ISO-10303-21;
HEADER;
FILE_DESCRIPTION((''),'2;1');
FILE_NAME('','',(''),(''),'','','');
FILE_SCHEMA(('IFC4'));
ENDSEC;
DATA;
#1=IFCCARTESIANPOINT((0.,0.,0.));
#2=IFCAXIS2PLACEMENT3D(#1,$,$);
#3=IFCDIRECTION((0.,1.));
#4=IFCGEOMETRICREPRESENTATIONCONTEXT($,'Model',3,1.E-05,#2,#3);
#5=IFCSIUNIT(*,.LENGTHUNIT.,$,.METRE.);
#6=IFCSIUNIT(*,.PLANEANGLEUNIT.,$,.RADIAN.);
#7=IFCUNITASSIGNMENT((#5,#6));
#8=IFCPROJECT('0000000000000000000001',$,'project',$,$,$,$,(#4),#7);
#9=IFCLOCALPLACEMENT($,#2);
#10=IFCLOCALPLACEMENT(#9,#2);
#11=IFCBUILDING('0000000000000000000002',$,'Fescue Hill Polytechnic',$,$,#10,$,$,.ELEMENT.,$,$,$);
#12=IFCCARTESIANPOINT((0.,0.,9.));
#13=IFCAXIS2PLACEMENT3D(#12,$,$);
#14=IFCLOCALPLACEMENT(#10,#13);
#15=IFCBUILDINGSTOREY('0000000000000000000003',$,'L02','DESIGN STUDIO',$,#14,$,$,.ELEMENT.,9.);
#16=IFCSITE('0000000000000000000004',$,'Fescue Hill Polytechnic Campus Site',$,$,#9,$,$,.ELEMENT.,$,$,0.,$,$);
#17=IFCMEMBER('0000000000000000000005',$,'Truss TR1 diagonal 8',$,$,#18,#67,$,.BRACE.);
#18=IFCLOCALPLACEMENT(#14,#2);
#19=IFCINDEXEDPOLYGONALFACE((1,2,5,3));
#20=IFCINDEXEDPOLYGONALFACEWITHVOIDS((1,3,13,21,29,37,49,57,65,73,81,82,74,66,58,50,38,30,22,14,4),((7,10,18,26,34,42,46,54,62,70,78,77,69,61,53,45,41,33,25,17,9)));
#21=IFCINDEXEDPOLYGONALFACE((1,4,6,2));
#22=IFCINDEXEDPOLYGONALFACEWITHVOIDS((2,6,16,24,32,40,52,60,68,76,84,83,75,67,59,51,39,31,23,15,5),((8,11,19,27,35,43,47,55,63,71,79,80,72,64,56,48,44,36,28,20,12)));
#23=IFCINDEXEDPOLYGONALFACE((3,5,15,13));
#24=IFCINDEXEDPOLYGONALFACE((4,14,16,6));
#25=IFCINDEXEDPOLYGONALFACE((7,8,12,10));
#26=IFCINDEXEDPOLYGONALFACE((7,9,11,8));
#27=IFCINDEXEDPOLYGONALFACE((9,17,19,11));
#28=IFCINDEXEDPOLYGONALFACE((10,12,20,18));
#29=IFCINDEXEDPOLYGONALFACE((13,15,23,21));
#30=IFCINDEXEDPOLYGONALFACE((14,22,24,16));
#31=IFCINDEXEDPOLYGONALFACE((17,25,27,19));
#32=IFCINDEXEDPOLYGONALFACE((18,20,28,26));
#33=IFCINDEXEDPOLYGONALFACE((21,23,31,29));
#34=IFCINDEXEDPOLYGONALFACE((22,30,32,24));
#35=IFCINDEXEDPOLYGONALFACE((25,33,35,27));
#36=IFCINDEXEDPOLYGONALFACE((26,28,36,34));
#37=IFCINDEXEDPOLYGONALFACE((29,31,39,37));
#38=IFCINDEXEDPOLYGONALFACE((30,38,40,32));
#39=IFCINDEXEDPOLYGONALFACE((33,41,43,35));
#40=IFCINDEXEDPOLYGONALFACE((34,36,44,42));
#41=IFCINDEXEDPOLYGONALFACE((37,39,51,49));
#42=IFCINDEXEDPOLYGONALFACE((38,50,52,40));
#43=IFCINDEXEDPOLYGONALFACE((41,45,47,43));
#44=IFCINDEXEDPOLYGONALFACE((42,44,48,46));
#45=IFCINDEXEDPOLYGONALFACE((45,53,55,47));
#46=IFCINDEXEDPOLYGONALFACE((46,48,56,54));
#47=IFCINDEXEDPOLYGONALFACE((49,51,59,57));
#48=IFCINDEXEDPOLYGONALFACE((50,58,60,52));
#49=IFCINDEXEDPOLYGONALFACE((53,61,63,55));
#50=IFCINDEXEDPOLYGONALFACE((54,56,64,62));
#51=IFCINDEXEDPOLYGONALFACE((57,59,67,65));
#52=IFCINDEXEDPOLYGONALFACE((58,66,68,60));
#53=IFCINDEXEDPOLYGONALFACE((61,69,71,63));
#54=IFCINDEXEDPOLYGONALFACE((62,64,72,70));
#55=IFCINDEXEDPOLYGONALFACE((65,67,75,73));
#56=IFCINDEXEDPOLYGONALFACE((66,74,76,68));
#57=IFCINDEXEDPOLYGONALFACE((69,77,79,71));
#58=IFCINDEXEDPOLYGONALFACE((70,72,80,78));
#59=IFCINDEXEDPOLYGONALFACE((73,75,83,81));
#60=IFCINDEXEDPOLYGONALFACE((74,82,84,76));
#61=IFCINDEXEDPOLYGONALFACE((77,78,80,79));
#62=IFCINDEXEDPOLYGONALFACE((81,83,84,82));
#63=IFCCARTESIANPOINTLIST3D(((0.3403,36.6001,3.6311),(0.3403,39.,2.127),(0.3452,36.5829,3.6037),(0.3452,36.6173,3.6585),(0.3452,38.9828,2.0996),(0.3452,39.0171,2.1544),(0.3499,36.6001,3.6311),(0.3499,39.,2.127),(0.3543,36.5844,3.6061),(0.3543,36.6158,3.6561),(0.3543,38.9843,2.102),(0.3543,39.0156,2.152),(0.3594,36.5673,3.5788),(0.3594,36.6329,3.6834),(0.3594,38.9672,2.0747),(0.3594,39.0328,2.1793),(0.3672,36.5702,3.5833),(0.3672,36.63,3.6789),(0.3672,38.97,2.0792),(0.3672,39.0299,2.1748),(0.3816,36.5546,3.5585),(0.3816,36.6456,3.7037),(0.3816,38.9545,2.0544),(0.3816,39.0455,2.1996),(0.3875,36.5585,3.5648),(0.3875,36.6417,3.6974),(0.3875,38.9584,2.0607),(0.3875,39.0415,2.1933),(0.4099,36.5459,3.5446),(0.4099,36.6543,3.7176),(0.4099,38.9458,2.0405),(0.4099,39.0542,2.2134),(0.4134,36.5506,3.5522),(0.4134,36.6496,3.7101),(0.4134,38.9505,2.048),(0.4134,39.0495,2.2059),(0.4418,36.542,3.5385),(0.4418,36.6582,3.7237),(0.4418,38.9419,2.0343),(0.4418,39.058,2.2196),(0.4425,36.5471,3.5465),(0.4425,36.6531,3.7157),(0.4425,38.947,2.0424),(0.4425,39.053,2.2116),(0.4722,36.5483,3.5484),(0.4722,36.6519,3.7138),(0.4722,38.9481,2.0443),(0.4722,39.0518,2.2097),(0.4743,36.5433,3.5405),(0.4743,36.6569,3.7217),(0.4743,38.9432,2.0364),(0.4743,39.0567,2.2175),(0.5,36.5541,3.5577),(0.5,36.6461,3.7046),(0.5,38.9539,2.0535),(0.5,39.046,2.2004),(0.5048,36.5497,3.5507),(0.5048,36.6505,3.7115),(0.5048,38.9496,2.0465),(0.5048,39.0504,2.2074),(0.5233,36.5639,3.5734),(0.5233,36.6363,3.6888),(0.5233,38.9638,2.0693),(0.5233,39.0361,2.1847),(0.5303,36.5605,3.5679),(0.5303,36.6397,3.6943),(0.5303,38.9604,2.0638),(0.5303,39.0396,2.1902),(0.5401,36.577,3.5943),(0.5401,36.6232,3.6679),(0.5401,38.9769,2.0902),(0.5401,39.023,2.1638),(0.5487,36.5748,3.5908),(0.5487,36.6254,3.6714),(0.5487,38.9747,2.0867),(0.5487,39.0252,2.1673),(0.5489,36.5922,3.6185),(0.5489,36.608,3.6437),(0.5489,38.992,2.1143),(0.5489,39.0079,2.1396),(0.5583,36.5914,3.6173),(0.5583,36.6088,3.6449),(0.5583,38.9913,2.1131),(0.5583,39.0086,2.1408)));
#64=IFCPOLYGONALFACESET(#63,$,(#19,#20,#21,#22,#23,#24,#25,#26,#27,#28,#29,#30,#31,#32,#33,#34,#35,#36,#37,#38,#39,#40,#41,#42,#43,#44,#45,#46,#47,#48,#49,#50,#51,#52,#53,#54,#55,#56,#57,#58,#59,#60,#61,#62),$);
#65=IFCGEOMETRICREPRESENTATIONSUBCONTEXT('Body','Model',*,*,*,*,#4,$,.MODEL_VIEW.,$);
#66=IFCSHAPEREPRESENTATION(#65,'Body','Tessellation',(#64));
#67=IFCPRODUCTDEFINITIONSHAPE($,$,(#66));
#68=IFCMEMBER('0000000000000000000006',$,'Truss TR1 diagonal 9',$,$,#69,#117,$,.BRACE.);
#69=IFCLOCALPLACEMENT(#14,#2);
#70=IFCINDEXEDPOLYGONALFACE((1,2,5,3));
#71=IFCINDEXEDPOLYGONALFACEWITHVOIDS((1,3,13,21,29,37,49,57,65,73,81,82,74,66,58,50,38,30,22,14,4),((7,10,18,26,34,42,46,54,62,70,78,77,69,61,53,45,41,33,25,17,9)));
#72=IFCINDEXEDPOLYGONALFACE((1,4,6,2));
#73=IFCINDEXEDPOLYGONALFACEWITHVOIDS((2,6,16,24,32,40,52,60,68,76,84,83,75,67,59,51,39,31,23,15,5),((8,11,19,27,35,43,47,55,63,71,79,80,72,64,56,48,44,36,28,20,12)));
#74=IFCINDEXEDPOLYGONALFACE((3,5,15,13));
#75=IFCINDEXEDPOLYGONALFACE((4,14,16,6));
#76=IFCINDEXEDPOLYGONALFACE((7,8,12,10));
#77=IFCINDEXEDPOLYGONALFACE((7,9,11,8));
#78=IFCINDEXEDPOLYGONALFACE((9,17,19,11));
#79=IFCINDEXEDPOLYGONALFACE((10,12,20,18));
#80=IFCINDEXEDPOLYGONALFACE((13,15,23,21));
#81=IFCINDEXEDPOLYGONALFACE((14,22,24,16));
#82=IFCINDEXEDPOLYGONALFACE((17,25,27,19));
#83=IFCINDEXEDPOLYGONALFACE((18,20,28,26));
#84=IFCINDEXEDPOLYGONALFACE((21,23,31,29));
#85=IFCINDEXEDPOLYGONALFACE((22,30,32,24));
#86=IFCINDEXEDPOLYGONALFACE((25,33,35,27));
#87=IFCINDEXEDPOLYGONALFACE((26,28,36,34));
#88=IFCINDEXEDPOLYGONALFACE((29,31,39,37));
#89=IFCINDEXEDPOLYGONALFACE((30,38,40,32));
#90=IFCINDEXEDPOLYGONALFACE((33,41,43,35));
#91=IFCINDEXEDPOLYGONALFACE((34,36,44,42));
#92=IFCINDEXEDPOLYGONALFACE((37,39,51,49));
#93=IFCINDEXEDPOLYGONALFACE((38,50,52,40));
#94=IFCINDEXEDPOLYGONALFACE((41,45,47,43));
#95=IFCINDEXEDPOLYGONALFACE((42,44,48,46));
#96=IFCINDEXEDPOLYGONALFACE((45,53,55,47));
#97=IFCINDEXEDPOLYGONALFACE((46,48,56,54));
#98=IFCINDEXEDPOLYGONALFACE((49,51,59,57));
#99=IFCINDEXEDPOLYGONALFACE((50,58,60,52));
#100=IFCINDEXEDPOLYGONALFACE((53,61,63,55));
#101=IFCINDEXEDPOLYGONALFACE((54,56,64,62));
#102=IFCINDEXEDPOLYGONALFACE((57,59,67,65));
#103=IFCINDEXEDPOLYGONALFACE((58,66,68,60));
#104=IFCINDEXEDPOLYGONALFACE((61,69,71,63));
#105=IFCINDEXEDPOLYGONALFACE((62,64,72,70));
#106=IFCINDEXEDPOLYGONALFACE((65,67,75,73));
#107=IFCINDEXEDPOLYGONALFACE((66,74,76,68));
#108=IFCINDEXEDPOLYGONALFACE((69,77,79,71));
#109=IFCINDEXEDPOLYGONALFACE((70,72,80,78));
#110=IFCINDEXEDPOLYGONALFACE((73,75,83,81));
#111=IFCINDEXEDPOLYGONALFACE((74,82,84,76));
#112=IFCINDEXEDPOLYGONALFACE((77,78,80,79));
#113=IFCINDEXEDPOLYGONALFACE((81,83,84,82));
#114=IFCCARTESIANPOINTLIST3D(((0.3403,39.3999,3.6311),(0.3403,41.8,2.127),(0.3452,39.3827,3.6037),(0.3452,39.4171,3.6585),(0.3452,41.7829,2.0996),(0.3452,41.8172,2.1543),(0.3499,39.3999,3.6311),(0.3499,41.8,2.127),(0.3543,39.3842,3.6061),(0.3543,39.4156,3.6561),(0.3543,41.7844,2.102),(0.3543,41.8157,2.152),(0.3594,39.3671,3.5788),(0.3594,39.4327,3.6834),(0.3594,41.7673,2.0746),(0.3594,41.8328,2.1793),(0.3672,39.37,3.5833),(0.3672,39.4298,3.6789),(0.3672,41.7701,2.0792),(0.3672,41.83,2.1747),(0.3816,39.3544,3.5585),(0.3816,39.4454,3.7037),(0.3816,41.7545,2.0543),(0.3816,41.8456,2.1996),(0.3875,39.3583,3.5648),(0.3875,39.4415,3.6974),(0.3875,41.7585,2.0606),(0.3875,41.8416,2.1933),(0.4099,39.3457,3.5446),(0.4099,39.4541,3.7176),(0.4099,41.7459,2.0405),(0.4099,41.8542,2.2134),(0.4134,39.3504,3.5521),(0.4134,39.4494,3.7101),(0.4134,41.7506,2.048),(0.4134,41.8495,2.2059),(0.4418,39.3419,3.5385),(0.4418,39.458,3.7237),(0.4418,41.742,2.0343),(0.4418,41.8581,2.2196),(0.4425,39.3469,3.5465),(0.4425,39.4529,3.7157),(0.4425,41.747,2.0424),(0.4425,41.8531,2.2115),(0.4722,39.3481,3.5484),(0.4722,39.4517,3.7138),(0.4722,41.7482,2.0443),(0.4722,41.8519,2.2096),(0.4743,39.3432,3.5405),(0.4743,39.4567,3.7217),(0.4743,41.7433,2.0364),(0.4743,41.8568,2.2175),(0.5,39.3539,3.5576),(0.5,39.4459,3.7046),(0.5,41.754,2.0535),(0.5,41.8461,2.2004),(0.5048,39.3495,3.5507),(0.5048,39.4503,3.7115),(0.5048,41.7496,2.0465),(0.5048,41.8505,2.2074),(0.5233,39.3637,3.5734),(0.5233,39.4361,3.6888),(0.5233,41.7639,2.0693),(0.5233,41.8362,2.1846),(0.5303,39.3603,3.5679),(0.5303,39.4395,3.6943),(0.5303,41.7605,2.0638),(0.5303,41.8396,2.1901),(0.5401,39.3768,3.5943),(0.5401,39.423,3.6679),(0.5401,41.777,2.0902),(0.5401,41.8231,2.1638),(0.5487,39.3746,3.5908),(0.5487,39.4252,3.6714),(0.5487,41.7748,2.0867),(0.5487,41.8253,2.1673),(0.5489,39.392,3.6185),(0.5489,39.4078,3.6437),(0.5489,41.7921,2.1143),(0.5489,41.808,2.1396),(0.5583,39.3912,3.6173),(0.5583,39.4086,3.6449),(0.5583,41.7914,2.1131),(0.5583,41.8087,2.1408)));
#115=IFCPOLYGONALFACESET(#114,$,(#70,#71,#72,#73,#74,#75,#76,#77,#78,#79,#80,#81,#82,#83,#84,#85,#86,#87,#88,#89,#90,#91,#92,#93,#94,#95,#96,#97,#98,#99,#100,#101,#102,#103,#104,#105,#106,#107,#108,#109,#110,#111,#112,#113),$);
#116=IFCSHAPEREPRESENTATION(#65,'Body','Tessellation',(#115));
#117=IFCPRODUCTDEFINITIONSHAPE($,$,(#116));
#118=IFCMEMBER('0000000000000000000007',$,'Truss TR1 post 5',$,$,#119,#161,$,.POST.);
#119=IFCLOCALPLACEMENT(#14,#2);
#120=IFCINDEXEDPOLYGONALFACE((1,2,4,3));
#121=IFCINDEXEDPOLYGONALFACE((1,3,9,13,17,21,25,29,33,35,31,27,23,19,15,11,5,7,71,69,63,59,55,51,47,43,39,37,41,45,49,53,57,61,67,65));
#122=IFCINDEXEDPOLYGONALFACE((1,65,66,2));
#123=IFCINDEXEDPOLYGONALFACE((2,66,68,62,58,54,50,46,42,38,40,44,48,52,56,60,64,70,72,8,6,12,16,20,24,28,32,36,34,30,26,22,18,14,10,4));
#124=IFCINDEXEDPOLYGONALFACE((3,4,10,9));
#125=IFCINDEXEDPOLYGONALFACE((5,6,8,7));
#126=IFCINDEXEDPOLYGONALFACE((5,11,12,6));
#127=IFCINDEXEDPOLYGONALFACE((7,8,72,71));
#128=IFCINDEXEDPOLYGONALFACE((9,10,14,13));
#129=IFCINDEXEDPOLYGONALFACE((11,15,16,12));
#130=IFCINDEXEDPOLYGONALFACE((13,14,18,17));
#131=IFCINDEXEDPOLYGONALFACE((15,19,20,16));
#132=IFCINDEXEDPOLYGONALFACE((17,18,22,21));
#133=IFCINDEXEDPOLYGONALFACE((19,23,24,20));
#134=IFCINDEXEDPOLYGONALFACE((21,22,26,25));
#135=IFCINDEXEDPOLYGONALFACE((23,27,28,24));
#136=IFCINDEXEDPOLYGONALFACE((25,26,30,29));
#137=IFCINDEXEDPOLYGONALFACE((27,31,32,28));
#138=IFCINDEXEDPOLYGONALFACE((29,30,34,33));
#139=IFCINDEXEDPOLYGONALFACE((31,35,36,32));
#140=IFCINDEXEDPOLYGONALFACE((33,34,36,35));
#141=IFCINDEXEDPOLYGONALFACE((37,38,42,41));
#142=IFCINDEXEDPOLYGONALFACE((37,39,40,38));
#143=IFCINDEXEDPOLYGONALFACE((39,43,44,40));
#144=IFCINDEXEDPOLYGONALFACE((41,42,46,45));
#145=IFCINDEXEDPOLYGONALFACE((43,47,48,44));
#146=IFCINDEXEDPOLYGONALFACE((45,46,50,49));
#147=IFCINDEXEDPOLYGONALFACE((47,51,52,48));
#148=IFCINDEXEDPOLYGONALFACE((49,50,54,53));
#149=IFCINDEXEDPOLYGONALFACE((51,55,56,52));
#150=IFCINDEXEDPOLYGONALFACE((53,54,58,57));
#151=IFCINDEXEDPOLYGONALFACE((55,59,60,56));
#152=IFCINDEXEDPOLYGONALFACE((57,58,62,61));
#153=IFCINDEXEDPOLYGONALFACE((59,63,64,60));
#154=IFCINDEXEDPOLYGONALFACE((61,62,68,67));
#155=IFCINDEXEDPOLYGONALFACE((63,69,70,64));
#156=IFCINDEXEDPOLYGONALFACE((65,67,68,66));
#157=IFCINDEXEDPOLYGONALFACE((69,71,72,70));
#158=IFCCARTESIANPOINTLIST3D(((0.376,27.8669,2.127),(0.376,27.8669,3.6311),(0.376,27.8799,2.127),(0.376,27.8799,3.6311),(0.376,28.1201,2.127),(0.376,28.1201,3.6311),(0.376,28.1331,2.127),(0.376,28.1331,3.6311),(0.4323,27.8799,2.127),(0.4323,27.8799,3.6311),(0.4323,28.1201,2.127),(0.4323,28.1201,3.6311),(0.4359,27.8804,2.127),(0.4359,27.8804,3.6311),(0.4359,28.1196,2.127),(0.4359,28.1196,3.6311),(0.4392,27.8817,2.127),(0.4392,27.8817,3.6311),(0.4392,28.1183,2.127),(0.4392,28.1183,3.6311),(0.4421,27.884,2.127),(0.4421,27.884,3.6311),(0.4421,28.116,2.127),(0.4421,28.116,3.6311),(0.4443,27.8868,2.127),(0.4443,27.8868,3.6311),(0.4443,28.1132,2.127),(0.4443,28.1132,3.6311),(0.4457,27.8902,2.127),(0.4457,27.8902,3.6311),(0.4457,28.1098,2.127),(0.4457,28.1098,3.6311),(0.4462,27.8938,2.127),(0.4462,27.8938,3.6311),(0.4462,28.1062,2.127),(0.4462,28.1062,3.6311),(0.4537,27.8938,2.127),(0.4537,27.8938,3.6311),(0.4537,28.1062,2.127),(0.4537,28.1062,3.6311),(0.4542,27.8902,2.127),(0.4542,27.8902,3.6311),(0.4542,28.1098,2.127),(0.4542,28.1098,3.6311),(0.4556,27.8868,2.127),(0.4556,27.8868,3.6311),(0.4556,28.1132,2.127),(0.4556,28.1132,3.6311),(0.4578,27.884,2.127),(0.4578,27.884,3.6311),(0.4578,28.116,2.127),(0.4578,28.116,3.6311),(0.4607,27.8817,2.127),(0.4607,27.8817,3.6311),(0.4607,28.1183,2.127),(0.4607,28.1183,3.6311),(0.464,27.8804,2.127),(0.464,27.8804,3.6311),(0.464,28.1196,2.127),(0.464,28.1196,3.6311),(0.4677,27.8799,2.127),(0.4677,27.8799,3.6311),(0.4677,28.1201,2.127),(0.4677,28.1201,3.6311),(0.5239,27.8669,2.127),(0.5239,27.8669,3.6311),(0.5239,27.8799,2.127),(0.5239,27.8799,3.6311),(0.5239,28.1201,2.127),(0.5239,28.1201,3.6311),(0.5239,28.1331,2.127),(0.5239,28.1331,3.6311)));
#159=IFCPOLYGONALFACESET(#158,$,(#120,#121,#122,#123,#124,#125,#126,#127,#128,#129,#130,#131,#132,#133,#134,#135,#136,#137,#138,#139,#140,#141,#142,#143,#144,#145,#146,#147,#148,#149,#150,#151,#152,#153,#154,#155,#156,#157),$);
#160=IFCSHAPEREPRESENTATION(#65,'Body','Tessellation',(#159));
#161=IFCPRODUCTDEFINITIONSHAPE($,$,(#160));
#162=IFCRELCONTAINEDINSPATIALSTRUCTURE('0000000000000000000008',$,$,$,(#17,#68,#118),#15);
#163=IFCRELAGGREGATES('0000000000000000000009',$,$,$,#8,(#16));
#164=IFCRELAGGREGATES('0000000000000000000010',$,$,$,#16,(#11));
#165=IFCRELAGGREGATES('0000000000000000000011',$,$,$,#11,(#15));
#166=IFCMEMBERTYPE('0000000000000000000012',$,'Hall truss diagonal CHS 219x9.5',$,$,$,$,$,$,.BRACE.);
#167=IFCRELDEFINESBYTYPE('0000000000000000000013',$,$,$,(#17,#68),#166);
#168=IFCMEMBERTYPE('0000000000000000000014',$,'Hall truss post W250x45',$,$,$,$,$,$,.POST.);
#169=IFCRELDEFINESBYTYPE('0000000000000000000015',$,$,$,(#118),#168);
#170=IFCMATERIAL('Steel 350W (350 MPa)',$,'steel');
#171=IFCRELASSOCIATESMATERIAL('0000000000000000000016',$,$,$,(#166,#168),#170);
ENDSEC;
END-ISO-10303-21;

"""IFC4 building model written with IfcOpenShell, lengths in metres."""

from ifc_helpers import new_model, si_unit, direction, frame, origin, origin_2d, place, context, subcontext, project, spatial, hollow_circle, i_section, extrude, material, material_profile, profile_set, type_object, element, save


model = new_model("IFC4")

# Units and contexts
model_context = context("Model", 3, precision=1e-05, world=origin(), true_north=direction((0.0, 1.0)))
body_context = subcontext(model_context, "Body", "Model", "MODEL_VIEW")
ifc_project = project(units=[si_unit("LENGTHUNIT", "METRE"), si_unit("PLANEANGLEUNIT", "RADIAN")], contexts=[model_context])

# Site, building, storey
site_placement = place(None, origin())
site = spatial("IfcSite", under=ifc_project, at=site_placement, Name="Fescue Hill Polytechnic Campus Site", CompositionType="ELEMENT", RefElevation=0.0)
building_placement = place(site_placement, origin())
building = spatial("IfcBuilding", under=site, at=building_placement, Name="Fescue Hill Polytechnic", CompositionType="ELEMENT")
storey_placement = place(building_placement, frame((0.0, 0.0, 9.0)))
storey = spatial("IfcBuildingStorey", under=building, at=storey_placement, Name="L02", Description="DESIGN STUDIO", CompositionType="ELEMENT", Elevation=9.0)

# Members
ifc_material_1 = material(Name="Steel 350W (350 MPa)", Category="steel")
ifc_material_profile_1 = material_profile(ifc_material_1, hollow_circle(Radius=0.1096, WallThickness=0.0095, at=origin_2d()), Name="Hall truss diagonal CHS 219x9.5")
ifc_profile_set_1 = profile_set([ifc_material_profile_1], Name="Steel 350W (350 MPa)")
member_type_1 = type_object("IfcMemberType", Name="Hall truss diagonal CHS 219x9.5", PredefinedType="BRACE", material=ifc_profile_set_1)
for number, where, z_axis, x_axis, name in (
    (1, (0.45, 36.6001, 3.6311), (0.0, 0.847329, -0.531068), (-1.0, 0.0, 0.0), "Truss TR1 diagonal 8"),
):
    element("IfcMember", number, at=place(storey_placement, frame(where, z_axis=z_axis, x_axis=x_axis)), inside=storey, type_object=member_type_1, Name=name, PredefinedType="BRACE", context=body_context, shape_type="SweptSolid", body=[
        extrude(hollow_circle(Radius=0.1096, WallThickness=0.0095, at=origin_2d()), origin(), (0.0, 0.0, 1.0), 2.8323),
    ])
member_1_placement = place(storey_placement, frame((0.45, 39.3999, 3.6311), z_axis=(0.0, 0.847354, -0.531029), x_axis=(-1.0, 0.0, 0.0)))
element("IfcMember", 2, at=member_1_placement, inside=storey, type_object=member_type_1, Name="Truss TR1 diagonal 9", PredefinedType="BRACE", context=body_context, shape_type="SweptSolid", body=[
    extrude(hollow_circle(Radius=0.1096, WallThickness=0.0095, at=origin_2d()), origin(), (0.0, 0.0, 1.0), 2.8325),
])
ifc_material_profile_2 = material_profile(ifc_material_1, i_section(OverallWidth=0.1479, OverallDepth=0.2661, WebThickness=0.0076, FlangeThickness=0.0129, FilletRadius=0.0139, at=origin_2d()), Name="W250x45")
ifc_profile_set_2 = profile_set([ifc_material_profile_2], Name="Steel 350W (350 MPa)")
member_type_2 = type_object("IfcMemberType", Name="Hall truss post W250x45", PredefinedType="POST", material=ifc_profile_set_2)
for number, where, z_axis, x_axis, name in (
    (3, (0.45, 28.0, 2.127), (0.0, 0.0, 1.0), (1.0, 0.0, 0.0), "Truss TR1 post 5"),
):
    element("IfcMember", number, at=place(storey_placement, frame(where, z_axis=z_axis, x_axis=x_axis)), inside=storey, type_object=member_type_2, Name=name, PredefinedType="POST", context=body_context, shape_type="SweptSolid", body=[
        extrude(i_section(OverallWidth=0.1479, OverallDepth=0.2661, WebThickness=0.0076, FlangeThickness=0.0129, FilletRadius=0.0139, at=origin_2d()), origin(), (0.0, 0.0, 1.0), 1.5042),
    ])

save(model, "model.ifc")
